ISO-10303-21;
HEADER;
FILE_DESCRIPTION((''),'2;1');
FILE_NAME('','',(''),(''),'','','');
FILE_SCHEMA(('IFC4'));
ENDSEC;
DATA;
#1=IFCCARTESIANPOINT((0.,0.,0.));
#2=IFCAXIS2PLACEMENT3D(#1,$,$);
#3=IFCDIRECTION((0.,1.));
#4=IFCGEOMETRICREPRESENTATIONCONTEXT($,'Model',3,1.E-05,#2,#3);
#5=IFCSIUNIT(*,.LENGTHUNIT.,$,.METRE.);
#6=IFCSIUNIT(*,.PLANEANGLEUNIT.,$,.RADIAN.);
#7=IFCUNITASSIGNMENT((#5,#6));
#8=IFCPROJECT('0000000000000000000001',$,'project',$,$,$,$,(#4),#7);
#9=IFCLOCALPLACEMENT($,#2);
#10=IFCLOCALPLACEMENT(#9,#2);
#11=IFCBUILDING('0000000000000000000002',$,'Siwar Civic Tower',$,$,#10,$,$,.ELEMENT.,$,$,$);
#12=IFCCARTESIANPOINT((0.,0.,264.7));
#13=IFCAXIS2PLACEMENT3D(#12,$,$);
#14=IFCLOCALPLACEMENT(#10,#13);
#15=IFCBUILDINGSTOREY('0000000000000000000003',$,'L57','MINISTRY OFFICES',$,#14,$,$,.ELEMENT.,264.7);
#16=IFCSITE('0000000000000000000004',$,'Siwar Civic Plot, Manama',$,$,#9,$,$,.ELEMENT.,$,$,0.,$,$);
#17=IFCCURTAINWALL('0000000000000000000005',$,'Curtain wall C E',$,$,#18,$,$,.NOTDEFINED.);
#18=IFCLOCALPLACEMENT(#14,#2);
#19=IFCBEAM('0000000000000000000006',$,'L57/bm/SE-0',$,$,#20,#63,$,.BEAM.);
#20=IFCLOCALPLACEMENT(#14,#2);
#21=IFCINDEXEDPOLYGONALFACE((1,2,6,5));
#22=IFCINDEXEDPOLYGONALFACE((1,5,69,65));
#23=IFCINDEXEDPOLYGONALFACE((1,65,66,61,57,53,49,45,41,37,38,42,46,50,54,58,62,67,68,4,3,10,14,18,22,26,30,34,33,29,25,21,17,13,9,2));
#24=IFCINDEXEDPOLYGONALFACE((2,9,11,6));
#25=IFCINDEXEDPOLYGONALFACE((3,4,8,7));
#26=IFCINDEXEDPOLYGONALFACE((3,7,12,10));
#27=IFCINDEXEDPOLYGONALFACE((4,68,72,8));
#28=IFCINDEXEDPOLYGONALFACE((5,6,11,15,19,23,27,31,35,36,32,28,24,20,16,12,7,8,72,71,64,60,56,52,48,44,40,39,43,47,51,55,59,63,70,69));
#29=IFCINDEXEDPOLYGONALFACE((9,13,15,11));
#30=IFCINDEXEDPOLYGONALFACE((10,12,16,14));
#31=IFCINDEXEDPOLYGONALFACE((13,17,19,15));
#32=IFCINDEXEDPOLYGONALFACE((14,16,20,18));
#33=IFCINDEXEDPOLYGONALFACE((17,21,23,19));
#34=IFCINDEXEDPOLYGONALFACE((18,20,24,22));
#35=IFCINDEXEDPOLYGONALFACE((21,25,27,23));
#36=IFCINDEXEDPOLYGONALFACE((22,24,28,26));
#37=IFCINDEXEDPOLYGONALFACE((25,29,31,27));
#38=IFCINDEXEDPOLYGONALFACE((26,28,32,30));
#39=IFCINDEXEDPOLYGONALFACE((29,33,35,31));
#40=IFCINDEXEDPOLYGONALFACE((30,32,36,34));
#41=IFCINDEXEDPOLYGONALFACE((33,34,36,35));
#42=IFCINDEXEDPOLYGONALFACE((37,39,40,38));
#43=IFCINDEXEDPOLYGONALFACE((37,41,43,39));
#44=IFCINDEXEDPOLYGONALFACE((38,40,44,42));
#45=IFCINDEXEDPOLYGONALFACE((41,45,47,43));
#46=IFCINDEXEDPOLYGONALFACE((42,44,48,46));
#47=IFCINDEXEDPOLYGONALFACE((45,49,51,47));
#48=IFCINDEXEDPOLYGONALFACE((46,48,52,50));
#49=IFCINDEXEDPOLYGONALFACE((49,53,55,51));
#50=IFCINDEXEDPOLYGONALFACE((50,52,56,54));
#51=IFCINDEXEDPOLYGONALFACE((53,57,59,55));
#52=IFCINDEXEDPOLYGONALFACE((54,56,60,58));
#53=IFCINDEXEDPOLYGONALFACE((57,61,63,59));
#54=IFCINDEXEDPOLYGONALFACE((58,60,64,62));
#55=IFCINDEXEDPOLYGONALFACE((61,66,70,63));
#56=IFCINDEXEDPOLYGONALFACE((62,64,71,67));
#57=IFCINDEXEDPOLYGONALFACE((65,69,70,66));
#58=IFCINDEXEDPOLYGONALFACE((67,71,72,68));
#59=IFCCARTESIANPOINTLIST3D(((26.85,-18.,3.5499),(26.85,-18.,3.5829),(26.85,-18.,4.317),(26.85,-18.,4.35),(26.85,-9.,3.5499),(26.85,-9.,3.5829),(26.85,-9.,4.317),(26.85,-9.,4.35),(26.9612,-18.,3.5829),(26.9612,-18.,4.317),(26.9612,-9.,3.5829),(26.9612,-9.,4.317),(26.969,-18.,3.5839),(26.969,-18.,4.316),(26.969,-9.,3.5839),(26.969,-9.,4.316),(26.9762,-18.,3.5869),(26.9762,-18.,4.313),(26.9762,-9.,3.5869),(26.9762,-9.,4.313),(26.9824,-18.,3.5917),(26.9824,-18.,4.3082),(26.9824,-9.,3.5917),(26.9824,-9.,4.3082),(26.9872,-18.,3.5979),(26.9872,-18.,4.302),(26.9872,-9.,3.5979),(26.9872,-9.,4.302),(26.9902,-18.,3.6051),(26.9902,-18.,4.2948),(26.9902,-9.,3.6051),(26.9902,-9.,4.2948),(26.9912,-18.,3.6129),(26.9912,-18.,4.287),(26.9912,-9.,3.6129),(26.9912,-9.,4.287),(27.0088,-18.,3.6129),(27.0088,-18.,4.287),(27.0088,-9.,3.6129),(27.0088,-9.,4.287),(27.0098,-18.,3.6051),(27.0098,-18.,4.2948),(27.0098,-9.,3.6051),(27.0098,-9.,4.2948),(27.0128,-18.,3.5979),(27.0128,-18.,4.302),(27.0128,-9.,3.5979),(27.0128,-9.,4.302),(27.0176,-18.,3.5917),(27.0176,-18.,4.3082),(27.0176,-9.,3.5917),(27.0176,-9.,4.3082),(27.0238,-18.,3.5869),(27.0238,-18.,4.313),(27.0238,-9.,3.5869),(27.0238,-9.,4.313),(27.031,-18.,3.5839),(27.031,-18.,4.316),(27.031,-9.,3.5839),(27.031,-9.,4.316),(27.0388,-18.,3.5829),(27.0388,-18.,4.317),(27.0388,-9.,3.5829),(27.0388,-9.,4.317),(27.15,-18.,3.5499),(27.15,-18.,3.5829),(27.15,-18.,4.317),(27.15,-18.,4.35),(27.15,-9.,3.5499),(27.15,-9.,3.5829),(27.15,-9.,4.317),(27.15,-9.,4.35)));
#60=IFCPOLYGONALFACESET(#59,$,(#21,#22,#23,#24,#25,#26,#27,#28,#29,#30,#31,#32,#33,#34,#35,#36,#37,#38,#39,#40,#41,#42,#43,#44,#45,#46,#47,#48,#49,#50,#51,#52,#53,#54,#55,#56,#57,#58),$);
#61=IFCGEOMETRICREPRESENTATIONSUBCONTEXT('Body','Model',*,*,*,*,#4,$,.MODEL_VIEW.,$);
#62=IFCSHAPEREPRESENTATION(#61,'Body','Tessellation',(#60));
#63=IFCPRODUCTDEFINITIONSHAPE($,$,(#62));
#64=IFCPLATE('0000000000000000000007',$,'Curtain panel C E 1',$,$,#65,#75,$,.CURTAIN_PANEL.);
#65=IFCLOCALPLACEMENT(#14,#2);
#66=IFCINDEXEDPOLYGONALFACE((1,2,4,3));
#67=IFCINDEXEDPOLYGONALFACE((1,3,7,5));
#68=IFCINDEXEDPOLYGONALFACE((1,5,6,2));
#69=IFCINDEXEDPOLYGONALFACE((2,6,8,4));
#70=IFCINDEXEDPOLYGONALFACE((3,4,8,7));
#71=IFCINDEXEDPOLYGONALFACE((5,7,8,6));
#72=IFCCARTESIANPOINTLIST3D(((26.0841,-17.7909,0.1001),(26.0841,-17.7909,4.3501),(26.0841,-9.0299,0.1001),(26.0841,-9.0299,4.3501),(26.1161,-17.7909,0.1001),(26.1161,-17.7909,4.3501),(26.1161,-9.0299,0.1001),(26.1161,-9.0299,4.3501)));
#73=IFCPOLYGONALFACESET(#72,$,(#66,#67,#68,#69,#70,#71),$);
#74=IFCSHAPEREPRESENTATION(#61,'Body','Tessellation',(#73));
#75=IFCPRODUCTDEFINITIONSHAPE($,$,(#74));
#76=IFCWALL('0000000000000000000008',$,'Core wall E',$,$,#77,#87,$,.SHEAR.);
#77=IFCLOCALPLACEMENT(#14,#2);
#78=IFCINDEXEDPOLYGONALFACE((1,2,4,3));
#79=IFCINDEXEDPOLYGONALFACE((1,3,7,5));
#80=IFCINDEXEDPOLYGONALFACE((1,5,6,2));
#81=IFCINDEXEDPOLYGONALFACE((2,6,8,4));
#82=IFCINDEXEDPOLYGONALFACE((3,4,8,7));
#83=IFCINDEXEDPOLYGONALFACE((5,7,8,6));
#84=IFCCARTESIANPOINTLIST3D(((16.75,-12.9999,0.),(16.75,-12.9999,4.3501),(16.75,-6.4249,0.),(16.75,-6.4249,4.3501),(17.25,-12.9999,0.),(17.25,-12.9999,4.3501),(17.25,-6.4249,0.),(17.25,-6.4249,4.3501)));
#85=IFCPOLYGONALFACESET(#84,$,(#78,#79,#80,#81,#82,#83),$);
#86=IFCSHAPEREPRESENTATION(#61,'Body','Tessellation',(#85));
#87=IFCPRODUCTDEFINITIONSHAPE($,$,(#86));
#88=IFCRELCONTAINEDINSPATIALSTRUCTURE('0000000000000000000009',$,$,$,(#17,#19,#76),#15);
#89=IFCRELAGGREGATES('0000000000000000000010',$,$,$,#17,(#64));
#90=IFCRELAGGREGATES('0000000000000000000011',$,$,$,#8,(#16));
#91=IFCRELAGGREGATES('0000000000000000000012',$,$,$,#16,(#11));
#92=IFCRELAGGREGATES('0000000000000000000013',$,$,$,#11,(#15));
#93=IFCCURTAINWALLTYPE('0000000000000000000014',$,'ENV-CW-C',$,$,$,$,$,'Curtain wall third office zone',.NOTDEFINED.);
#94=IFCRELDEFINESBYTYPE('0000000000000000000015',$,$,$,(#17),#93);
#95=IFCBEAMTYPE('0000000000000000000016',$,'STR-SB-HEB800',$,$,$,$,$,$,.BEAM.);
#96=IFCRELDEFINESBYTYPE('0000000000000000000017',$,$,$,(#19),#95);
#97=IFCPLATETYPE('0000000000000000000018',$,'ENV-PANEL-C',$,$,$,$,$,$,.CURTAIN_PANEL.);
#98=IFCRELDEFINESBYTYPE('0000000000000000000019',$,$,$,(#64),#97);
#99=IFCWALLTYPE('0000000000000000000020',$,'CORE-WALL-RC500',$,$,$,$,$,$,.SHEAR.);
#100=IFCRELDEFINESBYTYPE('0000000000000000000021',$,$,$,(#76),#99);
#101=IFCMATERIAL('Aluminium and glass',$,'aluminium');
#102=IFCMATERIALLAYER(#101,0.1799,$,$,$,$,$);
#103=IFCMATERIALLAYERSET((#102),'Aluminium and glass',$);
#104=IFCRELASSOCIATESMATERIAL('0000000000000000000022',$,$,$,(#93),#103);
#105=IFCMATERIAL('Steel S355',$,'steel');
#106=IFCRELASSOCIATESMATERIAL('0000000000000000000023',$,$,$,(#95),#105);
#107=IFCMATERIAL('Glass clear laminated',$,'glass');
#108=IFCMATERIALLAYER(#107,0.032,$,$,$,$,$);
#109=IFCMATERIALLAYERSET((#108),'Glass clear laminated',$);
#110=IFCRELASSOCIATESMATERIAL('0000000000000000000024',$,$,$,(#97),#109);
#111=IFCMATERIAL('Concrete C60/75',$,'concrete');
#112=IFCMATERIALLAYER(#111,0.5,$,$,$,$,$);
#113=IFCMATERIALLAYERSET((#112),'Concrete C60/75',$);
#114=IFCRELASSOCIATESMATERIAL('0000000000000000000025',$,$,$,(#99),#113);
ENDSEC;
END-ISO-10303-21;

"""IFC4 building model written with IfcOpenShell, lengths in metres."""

from ifc_helpers import new_model, si_unit, direction, frame, frame_2d, origin, origin_2d, place, context, subcontext, project, spatial, rectangle, i_section, extrude, material, layer, layer_set, material_profile, profile_set, type_object, element, aggregate, save


model = new_model("IFC4")

# Units and contexts
model_context = context("Model", 3, precision=1e-05, world=origin(), true_north=direction((0.0, 1.0)))
body_context = subcontext(model_context, "Body", "Model", "MODEL_VIEW")
ifc_project = project(units=[si_unit("LENGTHUNIT", "METRE"), si_unit("PLANEANGLEUNIT", "RADIAN")], contexts=[model_context])

# Site, building, storey
site_placement = place(None, origin())
site = spatial("IfcSite", under=ifc_project, at=site_placement, Name="Siwar Civic Plot, Manama", CompositionType="ELEMENT", RefElevation=0.0)
building_placement = place(site_placement, origin())
building = spatial("IfcBuilding", under=site, at=building_placement, Name="Siwar Civic Tower", CompositionType="ELEMENT")
storey_placement = place(building_placement, frame((0.0, 0.0, 264.7)))
storey = spatial("IfcBuildingStorey", under=building, at=storey_placement, Name="L57", Description="MINISTRY OFFICES", CompositionType="ELEMENT", Elevation=264.7)

# Curtain wall
ifc_material_1 = material(Name="Aluminium and glass", Category="aluminium")
ifc_layer_1 = layer(ifc_material_1, 0.1799)
ifc_layer_set_1 = layer_set([ifc_layer_1], Name="Aluminium and glass")
curtain_wall_type = type_object("IfcCurtainWallType", Name="ENV-CW-C", ElementType="Curtain wall third office zone", PredefinedType="NOTDEFINED", material=ifc_layer_set_1)
curtain_wall_placement = place(storey_placement, origin())
curtain_wall = element("IfcCurtainWall", 1, at=curtain_wall_placement, inside=storey, type_object=curtain_wall_type, Name="Curtain wall C E", PredefinedType="NOTDEFINED")

# Beam
ifc_material_2 = material(Name="Steel S355", Category="steel")
ifc_material_profile_1 = material_profile(ifc_material_2, i_section(OverallWidth=0.3, OverallDepth=0.8, WebThickness=0.0176, FlangeThickness=0.033, FilletRadius=0.03, at=origin_2d()), Name="HEB800")
ifc_profile_set_1 = profile_set([ifc_material_profile_1], Name="Steel S355")
beam_type_1 = type_object("IfcBeamType", Name="STR-SB-HEB800", PredefinedType="BEAM", material=ifc_profile_set_1)
beam_1_placement = place(storey_placement, frame((27.0, -18.0, 3.95), z_axis=(0.0, 1.0, 0.0), x_axis=(-1.0, 0.0, 0.0)))
element("IfcBeam", 2, at=beam_1_placement, inside=storey, type_object=beam_type_1, Name="L57/bm/SE-0", PredefinedType="BEAM", context=body_context, shape_type="SweptSolid", body=[
    extrude(i_section(OverallWidth=0.3, OverallDepth=0.8, WebThickness=0.0176, FlangeThickness=0.033, FilletRadius=0.03, at=origin_2d()), origin(), (0.0, 0.0, 1.0), 9.0),
])

# Plate
ifc_material_3 = material(Name="Glass clear laminated", Category="glass")
ifc_layer_2 = layer(ifc_material_3, 0.032)
ifc_layer_set_2 = layer_set([ifc_layer_2], Name="Glass clear laminated")
plate_type = type_object("IfcPlateType", Name="ENV-PANEL-C", PredefinedType="CURTAIN_PANEL", material=ifc_layer_set_2)
plate_placement = place(storey_placement, frame((26.1001, -13.4104, 0.1001), z_axis=(0.0, 0.0, 1.0), x_axis=(0.0, 1.0, 0.0)))
plate = element("IfcPlate", 3, at=plate_placement, type_object=plate_type, Name="Curtain panel C E 1", PredefinedType="CURTAIN_PANEL", context=body_context, shape_type="SweptSolid", body=[
    extrude(rectangle(XDim=8.761, YDim=0.032, at=origin_2d()), origin(), (0.0, 0.0, 1.0), 4.25),
])
aggregate(curtain_wall, [plate])

# Wall
ifc_material_4 = material(Name="Concrete C60/75", Category="concrete")
ifc_layer_3 = layer(ifc_material_4, 0.5)
ifc_layer_set_3 = layer_set([ifc_layer_3], Name="Concrete C60/75")
wall_type_1 = type_object("IfcWallType", Name="CORE-WALL-RC500", PredefinedType="SHEAR", material=ifc_layer_set_3)
wall_1_placement = place(storey_placement, frame((17.0, -13.0, 0.0), z_axis=(0.0, 0.0, 1.0), x_axis=(0.0, 1.0, 0.0)))
element("IfcWall", 4, at=wall_1_placement, inside=storey, type_object=wall_type_1, Name="Core wall E", PredefinedType="SHEAR", context=body_context, shape_type="SweptSolid", body=[
    extrude(rectangle(XDim=6.575, YDim=0.5, at=frame_2d((3.2876, 0.0))), origin(), (0.0, 0.0, 1.0), 4.3501),
])

save(model, "model.ifc")
